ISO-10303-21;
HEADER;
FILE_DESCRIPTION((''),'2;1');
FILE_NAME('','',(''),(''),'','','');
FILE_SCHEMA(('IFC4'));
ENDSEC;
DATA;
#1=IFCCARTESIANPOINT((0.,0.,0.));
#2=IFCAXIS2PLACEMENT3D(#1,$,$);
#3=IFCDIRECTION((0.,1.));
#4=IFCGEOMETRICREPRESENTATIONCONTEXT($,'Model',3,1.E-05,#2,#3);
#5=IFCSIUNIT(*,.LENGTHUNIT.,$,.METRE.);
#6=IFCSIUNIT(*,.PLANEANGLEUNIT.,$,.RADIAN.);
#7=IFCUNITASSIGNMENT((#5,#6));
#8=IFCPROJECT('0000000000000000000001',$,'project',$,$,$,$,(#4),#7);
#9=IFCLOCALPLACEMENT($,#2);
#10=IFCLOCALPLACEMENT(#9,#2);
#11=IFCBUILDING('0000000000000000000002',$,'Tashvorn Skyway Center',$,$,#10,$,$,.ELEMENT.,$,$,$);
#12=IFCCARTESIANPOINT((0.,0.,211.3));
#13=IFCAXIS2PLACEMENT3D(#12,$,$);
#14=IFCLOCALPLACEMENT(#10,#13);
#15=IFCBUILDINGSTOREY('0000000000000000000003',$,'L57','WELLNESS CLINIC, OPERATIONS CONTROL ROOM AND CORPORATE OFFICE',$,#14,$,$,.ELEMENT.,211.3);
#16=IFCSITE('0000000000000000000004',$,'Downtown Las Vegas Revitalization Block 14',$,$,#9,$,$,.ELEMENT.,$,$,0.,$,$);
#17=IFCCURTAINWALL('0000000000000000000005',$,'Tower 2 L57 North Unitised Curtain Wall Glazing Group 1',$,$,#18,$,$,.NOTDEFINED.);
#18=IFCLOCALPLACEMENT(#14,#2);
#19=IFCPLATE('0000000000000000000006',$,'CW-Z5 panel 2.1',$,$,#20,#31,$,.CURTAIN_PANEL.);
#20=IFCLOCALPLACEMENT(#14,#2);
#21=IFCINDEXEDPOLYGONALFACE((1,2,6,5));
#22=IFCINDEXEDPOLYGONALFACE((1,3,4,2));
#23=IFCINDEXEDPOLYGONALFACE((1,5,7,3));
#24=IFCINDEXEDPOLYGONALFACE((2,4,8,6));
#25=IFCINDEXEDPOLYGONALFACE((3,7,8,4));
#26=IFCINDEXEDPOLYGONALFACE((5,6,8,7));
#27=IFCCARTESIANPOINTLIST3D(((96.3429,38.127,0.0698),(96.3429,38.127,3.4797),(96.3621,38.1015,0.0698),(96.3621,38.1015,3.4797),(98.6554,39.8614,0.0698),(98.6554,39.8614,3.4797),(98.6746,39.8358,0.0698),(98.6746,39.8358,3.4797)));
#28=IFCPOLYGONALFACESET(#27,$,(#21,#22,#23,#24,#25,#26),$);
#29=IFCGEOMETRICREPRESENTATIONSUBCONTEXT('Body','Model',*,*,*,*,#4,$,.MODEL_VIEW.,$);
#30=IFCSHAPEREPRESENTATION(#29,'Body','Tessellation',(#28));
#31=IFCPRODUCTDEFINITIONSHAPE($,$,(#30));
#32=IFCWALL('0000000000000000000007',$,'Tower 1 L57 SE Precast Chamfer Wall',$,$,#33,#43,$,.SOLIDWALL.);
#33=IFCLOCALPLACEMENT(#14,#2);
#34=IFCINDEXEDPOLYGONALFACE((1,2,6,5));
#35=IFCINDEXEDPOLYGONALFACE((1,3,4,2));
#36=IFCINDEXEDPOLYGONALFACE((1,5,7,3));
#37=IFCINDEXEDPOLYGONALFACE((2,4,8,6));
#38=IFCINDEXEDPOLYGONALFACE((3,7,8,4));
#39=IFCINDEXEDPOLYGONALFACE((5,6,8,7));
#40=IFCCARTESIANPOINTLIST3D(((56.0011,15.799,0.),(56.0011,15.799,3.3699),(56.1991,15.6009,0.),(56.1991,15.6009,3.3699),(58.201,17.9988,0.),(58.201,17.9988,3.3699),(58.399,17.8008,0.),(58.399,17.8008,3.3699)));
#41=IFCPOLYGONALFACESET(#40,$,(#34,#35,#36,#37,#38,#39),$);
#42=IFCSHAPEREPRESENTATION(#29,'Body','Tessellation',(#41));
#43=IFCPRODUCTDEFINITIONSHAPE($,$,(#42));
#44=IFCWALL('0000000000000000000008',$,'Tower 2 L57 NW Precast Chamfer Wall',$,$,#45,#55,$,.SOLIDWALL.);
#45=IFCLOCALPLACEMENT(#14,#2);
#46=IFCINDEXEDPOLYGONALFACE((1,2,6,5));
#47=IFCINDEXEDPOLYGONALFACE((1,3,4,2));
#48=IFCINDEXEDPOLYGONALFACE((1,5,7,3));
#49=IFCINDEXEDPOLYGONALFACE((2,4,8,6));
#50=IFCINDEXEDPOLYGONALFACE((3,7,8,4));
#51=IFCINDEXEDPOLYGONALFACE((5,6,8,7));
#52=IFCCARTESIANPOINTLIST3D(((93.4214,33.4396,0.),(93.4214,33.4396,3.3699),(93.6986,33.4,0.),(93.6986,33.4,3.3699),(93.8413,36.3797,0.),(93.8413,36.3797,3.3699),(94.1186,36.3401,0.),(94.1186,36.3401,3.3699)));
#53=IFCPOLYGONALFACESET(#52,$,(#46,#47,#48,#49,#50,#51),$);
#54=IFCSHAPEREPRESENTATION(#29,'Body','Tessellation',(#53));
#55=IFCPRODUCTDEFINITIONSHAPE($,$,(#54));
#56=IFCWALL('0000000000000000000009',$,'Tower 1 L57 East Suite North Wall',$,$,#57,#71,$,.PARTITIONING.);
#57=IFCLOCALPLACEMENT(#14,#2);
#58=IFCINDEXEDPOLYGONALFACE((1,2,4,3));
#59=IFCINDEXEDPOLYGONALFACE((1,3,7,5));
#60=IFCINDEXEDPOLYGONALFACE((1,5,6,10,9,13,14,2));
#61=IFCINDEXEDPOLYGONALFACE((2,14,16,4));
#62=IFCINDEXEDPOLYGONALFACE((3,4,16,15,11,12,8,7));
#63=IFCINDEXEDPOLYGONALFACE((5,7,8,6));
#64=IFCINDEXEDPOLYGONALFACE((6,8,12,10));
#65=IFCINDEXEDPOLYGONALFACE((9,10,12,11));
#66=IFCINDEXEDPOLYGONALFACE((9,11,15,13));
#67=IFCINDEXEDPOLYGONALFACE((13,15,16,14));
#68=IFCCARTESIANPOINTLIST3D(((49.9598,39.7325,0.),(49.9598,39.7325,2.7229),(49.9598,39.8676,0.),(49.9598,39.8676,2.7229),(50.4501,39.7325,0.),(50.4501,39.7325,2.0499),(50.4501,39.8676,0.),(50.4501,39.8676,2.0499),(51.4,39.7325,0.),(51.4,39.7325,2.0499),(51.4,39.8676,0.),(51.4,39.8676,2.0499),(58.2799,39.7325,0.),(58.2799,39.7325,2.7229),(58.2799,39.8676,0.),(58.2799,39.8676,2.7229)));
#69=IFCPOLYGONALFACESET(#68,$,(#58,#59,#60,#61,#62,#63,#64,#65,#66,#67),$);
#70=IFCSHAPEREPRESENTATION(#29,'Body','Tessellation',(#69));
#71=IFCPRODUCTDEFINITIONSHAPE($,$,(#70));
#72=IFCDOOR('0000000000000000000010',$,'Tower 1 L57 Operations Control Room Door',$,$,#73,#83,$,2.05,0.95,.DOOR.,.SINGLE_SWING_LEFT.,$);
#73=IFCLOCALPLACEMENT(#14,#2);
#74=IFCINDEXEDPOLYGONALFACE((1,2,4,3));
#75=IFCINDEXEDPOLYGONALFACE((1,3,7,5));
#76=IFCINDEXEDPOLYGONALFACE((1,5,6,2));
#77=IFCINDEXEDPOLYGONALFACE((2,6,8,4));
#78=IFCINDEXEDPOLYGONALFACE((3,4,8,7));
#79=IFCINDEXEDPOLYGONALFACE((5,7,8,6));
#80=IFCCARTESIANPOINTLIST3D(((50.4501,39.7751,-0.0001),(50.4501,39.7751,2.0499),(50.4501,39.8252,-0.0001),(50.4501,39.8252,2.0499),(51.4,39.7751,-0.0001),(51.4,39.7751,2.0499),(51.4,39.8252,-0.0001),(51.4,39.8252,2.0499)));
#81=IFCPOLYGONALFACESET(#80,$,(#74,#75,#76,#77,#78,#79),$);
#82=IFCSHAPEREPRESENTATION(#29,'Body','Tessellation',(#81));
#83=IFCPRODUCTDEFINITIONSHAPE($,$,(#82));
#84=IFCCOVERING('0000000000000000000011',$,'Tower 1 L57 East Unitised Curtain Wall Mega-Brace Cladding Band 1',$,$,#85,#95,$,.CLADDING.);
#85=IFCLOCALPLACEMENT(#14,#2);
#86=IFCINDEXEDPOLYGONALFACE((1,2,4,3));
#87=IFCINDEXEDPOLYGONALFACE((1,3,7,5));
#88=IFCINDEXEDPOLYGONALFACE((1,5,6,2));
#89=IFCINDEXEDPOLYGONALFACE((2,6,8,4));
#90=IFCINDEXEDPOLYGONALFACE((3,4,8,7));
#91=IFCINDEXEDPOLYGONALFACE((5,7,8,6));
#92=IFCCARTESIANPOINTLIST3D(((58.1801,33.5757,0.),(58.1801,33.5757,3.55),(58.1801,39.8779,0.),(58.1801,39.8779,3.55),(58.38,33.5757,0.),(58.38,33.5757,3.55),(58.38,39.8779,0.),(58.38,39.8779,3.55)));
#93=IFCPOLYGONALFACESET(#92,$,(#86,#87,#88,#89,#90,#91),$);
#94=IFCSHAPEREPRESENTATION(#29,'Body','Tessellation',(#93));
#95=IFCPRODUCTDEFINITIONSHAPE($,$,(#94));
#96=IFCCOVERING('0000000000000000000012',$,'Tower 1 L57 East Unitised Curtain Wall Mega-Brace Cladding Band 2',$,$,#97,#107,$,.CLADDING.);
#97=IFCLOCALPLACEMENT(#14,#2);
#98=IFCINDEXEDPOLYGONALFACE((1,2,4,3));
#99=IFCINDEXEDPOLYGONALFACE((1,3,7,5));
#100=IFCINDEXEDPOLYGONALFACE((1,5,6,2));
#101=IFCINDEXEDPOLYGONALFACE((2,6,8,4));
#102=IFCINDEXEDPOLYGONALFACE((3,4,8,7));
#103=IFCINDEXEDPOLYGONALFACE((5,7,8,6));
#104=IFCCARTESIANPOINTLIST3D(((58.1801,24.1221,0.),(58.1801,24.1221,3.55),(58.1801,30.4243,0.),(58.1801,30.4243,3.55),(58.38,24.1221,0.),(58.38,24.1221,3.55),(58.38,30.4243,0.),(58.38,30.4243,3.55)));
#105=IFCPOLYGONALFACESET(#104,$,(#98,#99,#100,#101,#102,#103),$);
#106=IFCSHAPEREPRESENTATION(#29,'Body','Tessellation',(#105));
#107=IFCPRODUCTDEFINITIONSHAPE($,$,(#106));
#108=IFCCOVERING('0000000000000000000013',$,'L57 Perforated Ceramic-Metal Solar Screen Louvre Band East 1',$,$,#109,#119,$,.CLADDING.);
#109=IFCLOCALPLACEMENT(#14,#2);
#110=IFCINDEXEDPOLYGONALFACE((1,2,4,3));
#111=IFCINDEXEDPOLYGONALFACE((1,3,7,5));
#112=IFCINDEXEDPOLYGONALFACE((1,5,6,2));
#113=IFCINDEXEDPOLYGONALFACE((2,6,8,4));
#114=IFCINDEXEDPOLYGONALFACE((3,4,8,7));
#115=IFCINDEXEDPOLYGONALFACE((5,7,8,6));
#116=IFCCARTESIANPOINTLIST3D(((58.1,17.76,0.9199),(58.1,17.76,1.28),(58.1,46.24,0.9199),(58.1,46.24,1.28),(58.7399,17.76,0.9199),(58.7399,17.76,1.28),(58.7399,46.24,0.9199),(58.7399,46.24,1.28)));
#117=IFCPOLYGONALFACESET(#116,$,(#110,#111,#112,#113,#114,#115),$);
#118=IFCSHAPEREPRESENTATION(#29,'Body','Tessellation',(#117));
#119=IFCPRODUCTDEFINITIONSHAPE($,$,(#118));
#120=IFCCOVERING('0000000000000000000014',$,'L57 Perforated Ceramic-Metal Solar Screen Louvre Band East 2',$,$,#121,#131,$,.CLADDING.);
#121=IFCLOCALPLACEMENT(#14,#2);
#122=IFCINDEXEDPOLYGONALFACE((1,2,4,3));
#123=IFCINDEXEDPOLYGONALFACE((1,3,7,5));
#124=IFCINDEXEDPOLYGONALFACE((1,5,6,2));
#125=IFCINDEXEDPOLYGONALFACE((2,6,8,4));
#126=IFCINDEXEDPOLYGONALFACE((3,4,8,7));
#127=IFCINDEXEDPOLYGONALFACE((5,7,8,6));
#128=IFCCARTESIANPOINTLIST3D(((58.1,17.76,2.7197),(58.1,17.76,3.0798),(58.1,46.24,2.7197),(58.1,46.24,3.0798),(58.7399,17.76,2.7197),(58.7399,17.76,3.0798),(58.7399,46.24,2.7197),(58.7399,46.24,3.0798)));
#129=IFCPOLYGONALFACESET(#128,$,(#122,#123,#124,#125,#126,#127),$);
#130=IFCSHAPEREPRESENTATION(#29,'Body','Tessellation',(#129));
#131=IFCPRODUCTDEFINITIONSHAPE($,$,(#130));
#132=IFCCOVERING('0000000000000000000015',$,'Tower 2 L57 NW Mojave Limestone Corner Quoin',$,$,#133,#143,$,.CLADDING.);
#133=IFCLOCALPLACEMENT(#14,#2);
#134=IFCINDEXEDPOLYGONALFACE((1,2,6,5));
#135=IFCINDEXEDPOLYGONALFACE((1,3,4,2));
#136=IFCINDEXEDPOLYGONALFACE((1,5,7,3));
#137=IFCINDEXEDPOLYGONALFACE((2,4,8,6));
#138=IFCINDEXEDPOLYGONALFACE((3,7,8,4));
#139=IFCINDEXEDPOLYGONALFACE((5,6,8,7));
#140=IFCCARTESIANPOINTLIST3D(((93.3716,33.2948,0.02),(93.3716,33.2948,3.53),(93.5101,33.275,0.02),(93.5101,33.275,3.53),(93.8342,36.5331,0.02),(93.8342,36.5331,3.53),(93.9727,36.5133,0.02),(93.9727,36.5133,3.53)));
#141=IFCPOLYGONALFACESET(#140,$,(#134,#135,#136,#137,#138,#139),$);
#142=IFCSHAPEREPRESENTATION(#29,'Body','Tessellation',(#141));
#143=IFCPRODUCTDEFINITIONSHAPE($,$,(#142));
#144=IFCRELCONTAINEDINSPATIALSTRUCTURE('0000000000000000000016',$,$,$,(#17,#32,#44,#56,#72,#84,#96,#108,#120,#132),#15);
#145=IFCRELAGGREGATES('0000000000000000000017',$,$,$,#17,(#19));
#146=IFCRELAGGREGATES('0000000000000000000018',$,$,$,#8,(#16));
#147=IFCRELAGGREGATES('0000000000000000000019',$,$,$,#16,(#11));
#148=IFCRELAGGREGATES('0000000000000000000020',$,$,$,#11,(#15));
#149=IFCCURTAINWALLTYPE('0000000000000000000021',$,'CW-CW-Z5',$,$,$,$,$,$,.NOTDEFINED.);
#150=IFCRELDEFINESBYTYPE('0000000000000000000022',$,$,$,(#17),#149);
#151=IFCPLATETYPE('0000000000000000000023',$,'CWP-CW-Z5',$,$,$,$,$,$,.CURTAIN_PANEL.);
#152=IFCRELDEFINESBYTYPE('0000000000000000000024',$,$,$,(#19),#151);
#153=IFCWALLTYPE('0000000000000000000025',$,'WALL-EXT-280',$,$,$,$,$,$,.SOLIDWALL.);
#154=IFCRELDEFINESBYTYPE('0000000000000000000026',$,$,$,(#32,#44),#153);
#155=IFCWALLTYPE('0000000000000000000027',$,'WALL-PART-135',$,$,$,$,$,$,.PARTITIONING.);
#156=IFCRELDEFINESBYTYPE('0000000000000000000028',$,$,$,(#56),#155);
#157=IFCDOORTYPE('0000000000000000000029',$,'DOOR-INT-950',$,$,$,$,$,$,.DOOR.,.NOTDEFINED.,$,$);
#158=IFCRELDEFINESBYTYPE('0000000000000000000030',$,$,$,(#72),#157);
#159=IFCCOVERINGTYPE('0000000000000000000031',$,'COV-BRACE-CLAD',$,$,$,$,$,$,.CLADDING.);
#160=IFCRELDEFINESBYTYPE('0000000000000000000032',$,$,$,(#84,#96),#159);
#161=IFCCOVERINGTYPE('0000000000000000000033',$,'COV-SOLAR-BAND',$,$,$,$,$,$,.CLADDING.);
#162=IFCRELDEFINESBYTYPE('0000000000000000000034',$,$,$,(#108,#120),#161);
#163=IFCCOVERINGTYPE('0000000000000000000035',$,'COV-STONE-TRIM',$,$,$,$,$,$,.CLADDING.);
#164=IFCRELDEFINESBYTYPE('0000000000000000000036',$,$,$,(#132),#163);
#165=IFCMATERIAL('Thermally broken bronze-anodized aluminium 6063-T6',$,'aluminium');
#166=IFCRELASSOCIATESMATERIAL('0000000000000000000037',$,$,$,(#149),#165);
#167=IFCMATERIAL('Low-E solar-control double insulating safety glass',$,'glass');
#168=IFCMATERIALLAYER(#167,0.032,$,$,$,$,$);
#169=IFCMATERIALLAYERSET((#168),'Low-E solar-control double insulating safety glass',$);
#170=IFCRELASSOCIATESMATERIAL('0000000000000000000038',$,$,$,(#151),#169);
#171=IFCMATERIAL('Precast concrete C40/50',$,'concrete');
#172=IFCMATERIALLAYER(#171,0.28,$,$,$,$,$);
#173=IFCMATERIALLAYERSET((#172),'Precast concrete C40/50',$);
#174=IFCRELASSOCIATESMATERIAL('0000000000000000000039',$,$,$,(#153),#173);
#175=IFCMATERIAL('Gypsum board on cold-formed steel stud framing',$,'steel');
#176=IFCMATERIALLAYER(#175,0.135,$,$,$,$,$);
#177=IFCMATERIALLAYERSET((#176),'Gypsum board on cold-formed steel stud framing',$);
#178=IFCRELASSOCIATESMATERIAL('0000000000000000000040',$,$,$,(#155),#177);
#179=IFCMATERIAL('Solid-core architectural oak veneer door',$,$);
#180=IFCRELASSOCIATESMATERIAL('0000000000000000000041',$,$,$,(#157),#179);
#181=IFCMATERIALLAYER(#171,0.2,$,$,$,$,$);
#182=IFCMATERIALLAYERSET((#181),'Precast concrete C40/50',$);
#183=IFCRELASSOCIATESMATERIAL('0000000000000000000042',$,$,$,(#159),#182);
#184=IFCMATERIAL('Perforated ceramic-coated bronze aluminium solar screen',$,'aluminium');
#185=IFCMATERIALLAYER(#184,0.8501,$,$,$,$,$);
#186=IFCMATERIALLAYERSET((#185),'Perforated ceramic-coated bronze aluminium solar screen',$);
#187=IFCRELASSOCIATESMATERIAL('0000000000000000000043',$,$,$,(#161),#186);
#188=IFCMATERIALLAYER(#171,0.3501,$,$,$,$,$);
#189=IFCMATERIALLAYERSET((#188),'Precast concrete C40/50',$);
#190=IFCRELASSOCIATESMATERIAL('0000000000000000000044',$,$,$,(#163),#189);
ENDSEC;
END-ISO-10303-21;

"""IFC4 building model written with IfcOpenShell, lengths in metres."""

from ifc_helpers import new_model, si_unit, direction, frame, frame_2d, origin, origin_2d, place, context, subcontext, project, spatial, rectangle, extrude, material, layer, layer_set, type_object, element, fill, aggregate, save


model = new_model("IFC4")

# Units and contexts
model_context = context("Model", 3, precision=1e-05, world=origin(), true_north=direction((0.0, 1.0)))
body_context = subcontext(model_context, "Body", "Model", "MODEL_VIEW")
ifc_project = project(units=[si_unit("LENGTHUNIT", "METRE"), si_unit("PLANEANGLEUNIT", "RADIAN")], contexts=[model_context])

# Site, building, storey
site_placement = place(None, origin())
site = spatial("IfcSite", under=ifc_project, at=site_placement, Name="Downtown Las Vegas Revitalization Block 14", CompositionType="ELEMENT", RefElevation=0.0)
building_placement = place(site_placement, origin())
building = spatial("IfcBuilding", under=site, at=building_placement, Name="Tashvorn Skyway Center", CompositionType="ELEMENT")
storey_placement = place(building_placement, frame((0.0, 0.0, 211.3)))
storey = spatial("IfcBuildingStorey", under=building, at=storey_placement, Name="L57", Description="WELLNESS CLINIC, OPERATIONS CONTROL ROOM AND CORPORATE OFFICE", CompositionType="ELEMENT", Elevation=211.3)

# Curtain wall
ifc_material_1 = material(Name="Thermally broken bronze-anodized aluminium 6063-T6", Category="aluminium")
curtain_wall_type = type_object("IfcCurtainWallType", Name="CW-CW-Z5", PredefinedType="NOTDEFINED", material=ifc_material_1)
curtain_wall_1_placement = place(storey_placement, origin())
curtain_wall_1 = element("IfcCurtainWall", 1, at=curtain_wall_1_placement, inside=storey, type_object=curtain_wall_type, Name="Tower 2 L57 North Unitised Curtain Wall Glazing Group 1", PredefinedType="NOTDEFINED")

# Plate
ifc_material_2 = material(Name="Low-E solar-control double insulating safety glass", Category="glass")
ifc_layer_1 = layer(ifc_material_2, 0.032)
ifc_layer_set_1 = layer_set([ifc_layer_1], Name="Low-E solar-control double insulating safety glass")
plate_type = type_object("IfcPlateType", Name="CWP-CW-Z5", PredefinedType="CURTAIN_PANEL", material=ifc_layer_set_1)
plate_1_placement = place(storey_placement, frame((97.5088, 38.9814, 0.0698), z_axis=(0.0, 0.0, 1.0), x_axis=(0.799998, 0.600003, 0.0)))
plate_1 = element("IfcPlate", 2, at=plate_1_placement, type_object=plate_type, Name="CW-Z5 panel 2.1", PredefinedType="CURTAIN_PANEL", context=body_context, shape_type="SweptSolid", body=[
    extrude(rectangle(XDim=2.8906, YDim=0.032, at=origin_2d()), origin(), (0.0, 0.0, 1.0), 3.4099),
])
aggregate(curtain_wall_1, [plate_1])

# Walls
ifc_material_3 = material(Name="Precast concrete C40/50", Category="concrete")
ifc_layer_2 = layer(ifc_material_3, 0.28)
ifc_layer_set_2 = layer_set([ifc_layer_2], Name="Precast concrete C40/50")
wall_type_1 = type_object("IfcWallType", Name="WALL-EXT-280", PredefinedType="SOLIDWALL", material=ifc_layer_set_2)
wall_1_placement = place(storey_placement, frame((58.3, 17.8999, 0.0), z_axis=(0.0, 0.0, 1.0), x_axis=(-0.707107, -0.707107, 0.0)))
element("IfcWall", 3, at=wall_1_placement, inside=storey, type_object=wall_type_1, Name="Tower 1 L57 SE Precast Chamfer Wall", PredefinedType="SOLIDWALL", context=body_context, shape_type="SweptSolid", body=[
    extrude(rectangle(XDim=3.1111, YDim=0.28, at=frame_2d((1.5557, 0.0))), origin(), (0.0, 0.0, 1.0), 3.3699),
])
wall_2_placement = place(storey_placement, frame((93.5601, 33.4199, 0.0), z_axis=(0.0, 0.0, 1.0), x_axis=(0.141387, 0.989954, 0.0)))
element("IfcWall", 4, at=wall_2_placement, inside=storey, type_object=wall_type_1, Name="Tower 2 L57 NW Precast Chamfer Wall", PredefinedType="SOLIDWALL", context=body_context, shape_type="SweptSolid", body=[
    extrude(rectangle(XDim=2.97, YDim=0.28, at=frame_2d((1.4849, 0.0))), origin(), (0.0, 0.0, 1.0), 3.3699),
])

# Wall, opening, door
ifc_material_4 = material(Name="Gypsum board on cold-formed steel stud framing", Category="steel")
ifc_layer_3 = layer(ifc_material_4, 0.135)
ifc_layer_set_3 = layer_set([ifc_layer_3], Name="Gypsum board on cold-formed steel stud framing")
wall_type_2 = type_object("IfcWallType", Name="WALL-PART-135", PredefinedType="PARTITIONING", material=ifc_layer_set_3)
wall_3_placement = place(storey_placement, frame((58.28, 39.8, 0.0), z_axis=(0.0, 0.0, 1.0), x_axis=(-1.0, 0.0, 0.0)))
wall_3 = element("IfcWall", 5, at=wall_3_placement, inside=storey, type_object=wall_type_2, Name="Tower 1 L57 East Suite North Wall", PredefinedType="PARTITIONING", context=body_context, shape_type="SweptSolid", body=[
    extrude(rectangle(XDim=8.3201, YDim=0.135, at=frame_2d((4.1602, 0.0))), origin(), (0.0, 0.0, 1.0), 2.7229),
])
opening_placement = place(wall_3_placement, frame((6.8799, 0.0, 0.0)))
opening = element("IfcOpeningElement", 6, at=opening_placement, cuts=wall_3, PredefinedType="OPENING", context=body_context, shape_type="SweptSolid", body=[
    extrude(rectangle(XDim=0.95, YDim=2.05, at=frame_2d((0.4751, 1.0249))), frame((0.0, 0.0774, 0.0), z_axis=(0.0, -1.0, 0.0), x_axis=(1.0, 0.0, 0.0)), (0.0, 0.0, 1.0), 0.155),
])
ifc_material_5 = material(Name="Solid-core architectural oak veneer door")
door_type = type_object("IfcDoorType", Name="DOOR-INT-950", OperationType="NOTDEFINED", PredefinedType="DOOR", material=ifc_material_5)
door_placement = place(opening_placement, origin())
door = element("IfcDoor", 7, at=door_placement, inside=storey, type_object=door_type, Name="Tower 1 L57 Operations Control Room Door", OperationType="SINGLE_SWING_LEFT", OverallHeight=2.05, OverallWidth=0.95, PredefinedType="DOOR", context=body_context, shape_type="SweptSolid", body=[
    extrude(rectangle(XDim=0.95, YDim=2.05, at=frame_2d((0.4751, 1.0249))), frame((0.0, 0.0249, 0.0), z_axis=(0.0, -1.0, 0.0), x_axis=(1.0, 0.0, 0.0)), (0.0, 0.0, 1.0), 0.05),
])
fill(opening, door)

# Coverings
ifc_layer_4 = layer(ifc_material_3, 0.2)
ifc_layer_set_4 = layer_set([ifc_layer_4], Name="Precast concrete C40/50")
covering_type_1 = type_object("IfcCoveringType", Name="COV-BRACE-CLAD", PredefinedType="CLADDING", material=ifc_layer_set_4)
for number, where, z_axis, x_axis, name in (
    (8, (58.28, 36.7268, 0.0), (0.0, 0.0, 1.0), (0.0, -1.0, 0.0), "Tower 1 L57 East Unitised Curtain Wall Mega-Brace Cladding Band 1"),
    (9, (58.28, 27.2732, 0.0), (0.0, 0.0, 1.0), (0.0, -1.0, 0.0), "Tower 1 L57 East Unitised Curtain Wall Mega-Brace Cladding Band 2"),
):
    element("IfcCovering", number, at=place(storey_placement, frame(where, z_axis=z_axis, x_axis=x_axis)), inside=storey, type_object=covering_type_1, Name=name, PredefinedType="CLADDING", context=body_context, shape_type="SweptSolid", body=[
        extrude(rectangle(XDim=6.3022, YDim=0.2, at=origin_2d()), origin(), (0.0, 0.0, 1.0), 3.55),
    ])
ifc_material_6 = material(Name="Perforated ceramic-coated bronze aluminium solar screen", Category="aluminium")
ifc_layer_5 = layer(ifc_material_6, 0.8501)
ifc_layer_set_5 = layer_set([ifc_layer_5], Name="Perforated ceramic-coated bronze aluminium solar screen")
covering_type_2 = type_object("IfcCoveringType", Name="COV-SOLAR-BAND", PredefinedType="CLADDING", material=ifc_layer_set_5)
for number, where, z_axis, x_axis, name in (
    (10, (58.4199, 32.0, 0.9199), (0.0, 0.0, 1.0), (0.0, -1.0, 0.0), "L57 Perforated Ceramic-Metal Solar Screen Louvre Band East 1"),
    (11, (58.4199, 32.0, 2.7197), (0.0, 0.0, 1.0), (0.0, -1.0, 0.0), "L57 Perforated Ceramic-Metal Solar Screen Louvre Band East 2"),
):
    element("IfcCovering", number, at=place(storey_placement, frame(where, z_axis=z_axis, x_axis=x_axis)), inside=storey, type_object=covering_type_2, Name=name, PredefinedType="CLADDING", context=body_context, shape_type="SweptSolid", body=[
        extrude(rectangle(XDim=28.48, YDim=0.6399, at=origin_2d()), origin(), (0.0, 0.0, 1.0), 0.3601),
    ])
ifc_layer_6 = layer(ifc_material_3, 0.3501)
ifc_layer_set_6 = layer_set([ifc_layer_6], Name="Precast concrete C40/50")
covering_type_3 = type_object("IfcCoveringType", Name="COV-STONE-TRIM", PredefinedType="CLADDING", material=ifc_layer_set_6)
covering_placement = place(storey_placement, frame((93.6721, 34.9041, 0.02), z_axis=(0.0, 0.0, 1.0), x_axis=(-0.141421, -0.989949, 0.0)))
element("IfcCovering", 12, at=covering_placement, inside=storey, type_object=covering_type_3, Name="Tower 2 L57 NW Mojave Limestone Corner Quoin", PredefinedType="CLADDING", context=body_context, shape_type="SweptSolid", body=[
    extrude(rectangle(XDim=3.2712, YDim=0.1399, at=origin_2d()), origin(), (0.0, 0.0, 1.0), 3.51),
])

save(model, "model.ifc")
